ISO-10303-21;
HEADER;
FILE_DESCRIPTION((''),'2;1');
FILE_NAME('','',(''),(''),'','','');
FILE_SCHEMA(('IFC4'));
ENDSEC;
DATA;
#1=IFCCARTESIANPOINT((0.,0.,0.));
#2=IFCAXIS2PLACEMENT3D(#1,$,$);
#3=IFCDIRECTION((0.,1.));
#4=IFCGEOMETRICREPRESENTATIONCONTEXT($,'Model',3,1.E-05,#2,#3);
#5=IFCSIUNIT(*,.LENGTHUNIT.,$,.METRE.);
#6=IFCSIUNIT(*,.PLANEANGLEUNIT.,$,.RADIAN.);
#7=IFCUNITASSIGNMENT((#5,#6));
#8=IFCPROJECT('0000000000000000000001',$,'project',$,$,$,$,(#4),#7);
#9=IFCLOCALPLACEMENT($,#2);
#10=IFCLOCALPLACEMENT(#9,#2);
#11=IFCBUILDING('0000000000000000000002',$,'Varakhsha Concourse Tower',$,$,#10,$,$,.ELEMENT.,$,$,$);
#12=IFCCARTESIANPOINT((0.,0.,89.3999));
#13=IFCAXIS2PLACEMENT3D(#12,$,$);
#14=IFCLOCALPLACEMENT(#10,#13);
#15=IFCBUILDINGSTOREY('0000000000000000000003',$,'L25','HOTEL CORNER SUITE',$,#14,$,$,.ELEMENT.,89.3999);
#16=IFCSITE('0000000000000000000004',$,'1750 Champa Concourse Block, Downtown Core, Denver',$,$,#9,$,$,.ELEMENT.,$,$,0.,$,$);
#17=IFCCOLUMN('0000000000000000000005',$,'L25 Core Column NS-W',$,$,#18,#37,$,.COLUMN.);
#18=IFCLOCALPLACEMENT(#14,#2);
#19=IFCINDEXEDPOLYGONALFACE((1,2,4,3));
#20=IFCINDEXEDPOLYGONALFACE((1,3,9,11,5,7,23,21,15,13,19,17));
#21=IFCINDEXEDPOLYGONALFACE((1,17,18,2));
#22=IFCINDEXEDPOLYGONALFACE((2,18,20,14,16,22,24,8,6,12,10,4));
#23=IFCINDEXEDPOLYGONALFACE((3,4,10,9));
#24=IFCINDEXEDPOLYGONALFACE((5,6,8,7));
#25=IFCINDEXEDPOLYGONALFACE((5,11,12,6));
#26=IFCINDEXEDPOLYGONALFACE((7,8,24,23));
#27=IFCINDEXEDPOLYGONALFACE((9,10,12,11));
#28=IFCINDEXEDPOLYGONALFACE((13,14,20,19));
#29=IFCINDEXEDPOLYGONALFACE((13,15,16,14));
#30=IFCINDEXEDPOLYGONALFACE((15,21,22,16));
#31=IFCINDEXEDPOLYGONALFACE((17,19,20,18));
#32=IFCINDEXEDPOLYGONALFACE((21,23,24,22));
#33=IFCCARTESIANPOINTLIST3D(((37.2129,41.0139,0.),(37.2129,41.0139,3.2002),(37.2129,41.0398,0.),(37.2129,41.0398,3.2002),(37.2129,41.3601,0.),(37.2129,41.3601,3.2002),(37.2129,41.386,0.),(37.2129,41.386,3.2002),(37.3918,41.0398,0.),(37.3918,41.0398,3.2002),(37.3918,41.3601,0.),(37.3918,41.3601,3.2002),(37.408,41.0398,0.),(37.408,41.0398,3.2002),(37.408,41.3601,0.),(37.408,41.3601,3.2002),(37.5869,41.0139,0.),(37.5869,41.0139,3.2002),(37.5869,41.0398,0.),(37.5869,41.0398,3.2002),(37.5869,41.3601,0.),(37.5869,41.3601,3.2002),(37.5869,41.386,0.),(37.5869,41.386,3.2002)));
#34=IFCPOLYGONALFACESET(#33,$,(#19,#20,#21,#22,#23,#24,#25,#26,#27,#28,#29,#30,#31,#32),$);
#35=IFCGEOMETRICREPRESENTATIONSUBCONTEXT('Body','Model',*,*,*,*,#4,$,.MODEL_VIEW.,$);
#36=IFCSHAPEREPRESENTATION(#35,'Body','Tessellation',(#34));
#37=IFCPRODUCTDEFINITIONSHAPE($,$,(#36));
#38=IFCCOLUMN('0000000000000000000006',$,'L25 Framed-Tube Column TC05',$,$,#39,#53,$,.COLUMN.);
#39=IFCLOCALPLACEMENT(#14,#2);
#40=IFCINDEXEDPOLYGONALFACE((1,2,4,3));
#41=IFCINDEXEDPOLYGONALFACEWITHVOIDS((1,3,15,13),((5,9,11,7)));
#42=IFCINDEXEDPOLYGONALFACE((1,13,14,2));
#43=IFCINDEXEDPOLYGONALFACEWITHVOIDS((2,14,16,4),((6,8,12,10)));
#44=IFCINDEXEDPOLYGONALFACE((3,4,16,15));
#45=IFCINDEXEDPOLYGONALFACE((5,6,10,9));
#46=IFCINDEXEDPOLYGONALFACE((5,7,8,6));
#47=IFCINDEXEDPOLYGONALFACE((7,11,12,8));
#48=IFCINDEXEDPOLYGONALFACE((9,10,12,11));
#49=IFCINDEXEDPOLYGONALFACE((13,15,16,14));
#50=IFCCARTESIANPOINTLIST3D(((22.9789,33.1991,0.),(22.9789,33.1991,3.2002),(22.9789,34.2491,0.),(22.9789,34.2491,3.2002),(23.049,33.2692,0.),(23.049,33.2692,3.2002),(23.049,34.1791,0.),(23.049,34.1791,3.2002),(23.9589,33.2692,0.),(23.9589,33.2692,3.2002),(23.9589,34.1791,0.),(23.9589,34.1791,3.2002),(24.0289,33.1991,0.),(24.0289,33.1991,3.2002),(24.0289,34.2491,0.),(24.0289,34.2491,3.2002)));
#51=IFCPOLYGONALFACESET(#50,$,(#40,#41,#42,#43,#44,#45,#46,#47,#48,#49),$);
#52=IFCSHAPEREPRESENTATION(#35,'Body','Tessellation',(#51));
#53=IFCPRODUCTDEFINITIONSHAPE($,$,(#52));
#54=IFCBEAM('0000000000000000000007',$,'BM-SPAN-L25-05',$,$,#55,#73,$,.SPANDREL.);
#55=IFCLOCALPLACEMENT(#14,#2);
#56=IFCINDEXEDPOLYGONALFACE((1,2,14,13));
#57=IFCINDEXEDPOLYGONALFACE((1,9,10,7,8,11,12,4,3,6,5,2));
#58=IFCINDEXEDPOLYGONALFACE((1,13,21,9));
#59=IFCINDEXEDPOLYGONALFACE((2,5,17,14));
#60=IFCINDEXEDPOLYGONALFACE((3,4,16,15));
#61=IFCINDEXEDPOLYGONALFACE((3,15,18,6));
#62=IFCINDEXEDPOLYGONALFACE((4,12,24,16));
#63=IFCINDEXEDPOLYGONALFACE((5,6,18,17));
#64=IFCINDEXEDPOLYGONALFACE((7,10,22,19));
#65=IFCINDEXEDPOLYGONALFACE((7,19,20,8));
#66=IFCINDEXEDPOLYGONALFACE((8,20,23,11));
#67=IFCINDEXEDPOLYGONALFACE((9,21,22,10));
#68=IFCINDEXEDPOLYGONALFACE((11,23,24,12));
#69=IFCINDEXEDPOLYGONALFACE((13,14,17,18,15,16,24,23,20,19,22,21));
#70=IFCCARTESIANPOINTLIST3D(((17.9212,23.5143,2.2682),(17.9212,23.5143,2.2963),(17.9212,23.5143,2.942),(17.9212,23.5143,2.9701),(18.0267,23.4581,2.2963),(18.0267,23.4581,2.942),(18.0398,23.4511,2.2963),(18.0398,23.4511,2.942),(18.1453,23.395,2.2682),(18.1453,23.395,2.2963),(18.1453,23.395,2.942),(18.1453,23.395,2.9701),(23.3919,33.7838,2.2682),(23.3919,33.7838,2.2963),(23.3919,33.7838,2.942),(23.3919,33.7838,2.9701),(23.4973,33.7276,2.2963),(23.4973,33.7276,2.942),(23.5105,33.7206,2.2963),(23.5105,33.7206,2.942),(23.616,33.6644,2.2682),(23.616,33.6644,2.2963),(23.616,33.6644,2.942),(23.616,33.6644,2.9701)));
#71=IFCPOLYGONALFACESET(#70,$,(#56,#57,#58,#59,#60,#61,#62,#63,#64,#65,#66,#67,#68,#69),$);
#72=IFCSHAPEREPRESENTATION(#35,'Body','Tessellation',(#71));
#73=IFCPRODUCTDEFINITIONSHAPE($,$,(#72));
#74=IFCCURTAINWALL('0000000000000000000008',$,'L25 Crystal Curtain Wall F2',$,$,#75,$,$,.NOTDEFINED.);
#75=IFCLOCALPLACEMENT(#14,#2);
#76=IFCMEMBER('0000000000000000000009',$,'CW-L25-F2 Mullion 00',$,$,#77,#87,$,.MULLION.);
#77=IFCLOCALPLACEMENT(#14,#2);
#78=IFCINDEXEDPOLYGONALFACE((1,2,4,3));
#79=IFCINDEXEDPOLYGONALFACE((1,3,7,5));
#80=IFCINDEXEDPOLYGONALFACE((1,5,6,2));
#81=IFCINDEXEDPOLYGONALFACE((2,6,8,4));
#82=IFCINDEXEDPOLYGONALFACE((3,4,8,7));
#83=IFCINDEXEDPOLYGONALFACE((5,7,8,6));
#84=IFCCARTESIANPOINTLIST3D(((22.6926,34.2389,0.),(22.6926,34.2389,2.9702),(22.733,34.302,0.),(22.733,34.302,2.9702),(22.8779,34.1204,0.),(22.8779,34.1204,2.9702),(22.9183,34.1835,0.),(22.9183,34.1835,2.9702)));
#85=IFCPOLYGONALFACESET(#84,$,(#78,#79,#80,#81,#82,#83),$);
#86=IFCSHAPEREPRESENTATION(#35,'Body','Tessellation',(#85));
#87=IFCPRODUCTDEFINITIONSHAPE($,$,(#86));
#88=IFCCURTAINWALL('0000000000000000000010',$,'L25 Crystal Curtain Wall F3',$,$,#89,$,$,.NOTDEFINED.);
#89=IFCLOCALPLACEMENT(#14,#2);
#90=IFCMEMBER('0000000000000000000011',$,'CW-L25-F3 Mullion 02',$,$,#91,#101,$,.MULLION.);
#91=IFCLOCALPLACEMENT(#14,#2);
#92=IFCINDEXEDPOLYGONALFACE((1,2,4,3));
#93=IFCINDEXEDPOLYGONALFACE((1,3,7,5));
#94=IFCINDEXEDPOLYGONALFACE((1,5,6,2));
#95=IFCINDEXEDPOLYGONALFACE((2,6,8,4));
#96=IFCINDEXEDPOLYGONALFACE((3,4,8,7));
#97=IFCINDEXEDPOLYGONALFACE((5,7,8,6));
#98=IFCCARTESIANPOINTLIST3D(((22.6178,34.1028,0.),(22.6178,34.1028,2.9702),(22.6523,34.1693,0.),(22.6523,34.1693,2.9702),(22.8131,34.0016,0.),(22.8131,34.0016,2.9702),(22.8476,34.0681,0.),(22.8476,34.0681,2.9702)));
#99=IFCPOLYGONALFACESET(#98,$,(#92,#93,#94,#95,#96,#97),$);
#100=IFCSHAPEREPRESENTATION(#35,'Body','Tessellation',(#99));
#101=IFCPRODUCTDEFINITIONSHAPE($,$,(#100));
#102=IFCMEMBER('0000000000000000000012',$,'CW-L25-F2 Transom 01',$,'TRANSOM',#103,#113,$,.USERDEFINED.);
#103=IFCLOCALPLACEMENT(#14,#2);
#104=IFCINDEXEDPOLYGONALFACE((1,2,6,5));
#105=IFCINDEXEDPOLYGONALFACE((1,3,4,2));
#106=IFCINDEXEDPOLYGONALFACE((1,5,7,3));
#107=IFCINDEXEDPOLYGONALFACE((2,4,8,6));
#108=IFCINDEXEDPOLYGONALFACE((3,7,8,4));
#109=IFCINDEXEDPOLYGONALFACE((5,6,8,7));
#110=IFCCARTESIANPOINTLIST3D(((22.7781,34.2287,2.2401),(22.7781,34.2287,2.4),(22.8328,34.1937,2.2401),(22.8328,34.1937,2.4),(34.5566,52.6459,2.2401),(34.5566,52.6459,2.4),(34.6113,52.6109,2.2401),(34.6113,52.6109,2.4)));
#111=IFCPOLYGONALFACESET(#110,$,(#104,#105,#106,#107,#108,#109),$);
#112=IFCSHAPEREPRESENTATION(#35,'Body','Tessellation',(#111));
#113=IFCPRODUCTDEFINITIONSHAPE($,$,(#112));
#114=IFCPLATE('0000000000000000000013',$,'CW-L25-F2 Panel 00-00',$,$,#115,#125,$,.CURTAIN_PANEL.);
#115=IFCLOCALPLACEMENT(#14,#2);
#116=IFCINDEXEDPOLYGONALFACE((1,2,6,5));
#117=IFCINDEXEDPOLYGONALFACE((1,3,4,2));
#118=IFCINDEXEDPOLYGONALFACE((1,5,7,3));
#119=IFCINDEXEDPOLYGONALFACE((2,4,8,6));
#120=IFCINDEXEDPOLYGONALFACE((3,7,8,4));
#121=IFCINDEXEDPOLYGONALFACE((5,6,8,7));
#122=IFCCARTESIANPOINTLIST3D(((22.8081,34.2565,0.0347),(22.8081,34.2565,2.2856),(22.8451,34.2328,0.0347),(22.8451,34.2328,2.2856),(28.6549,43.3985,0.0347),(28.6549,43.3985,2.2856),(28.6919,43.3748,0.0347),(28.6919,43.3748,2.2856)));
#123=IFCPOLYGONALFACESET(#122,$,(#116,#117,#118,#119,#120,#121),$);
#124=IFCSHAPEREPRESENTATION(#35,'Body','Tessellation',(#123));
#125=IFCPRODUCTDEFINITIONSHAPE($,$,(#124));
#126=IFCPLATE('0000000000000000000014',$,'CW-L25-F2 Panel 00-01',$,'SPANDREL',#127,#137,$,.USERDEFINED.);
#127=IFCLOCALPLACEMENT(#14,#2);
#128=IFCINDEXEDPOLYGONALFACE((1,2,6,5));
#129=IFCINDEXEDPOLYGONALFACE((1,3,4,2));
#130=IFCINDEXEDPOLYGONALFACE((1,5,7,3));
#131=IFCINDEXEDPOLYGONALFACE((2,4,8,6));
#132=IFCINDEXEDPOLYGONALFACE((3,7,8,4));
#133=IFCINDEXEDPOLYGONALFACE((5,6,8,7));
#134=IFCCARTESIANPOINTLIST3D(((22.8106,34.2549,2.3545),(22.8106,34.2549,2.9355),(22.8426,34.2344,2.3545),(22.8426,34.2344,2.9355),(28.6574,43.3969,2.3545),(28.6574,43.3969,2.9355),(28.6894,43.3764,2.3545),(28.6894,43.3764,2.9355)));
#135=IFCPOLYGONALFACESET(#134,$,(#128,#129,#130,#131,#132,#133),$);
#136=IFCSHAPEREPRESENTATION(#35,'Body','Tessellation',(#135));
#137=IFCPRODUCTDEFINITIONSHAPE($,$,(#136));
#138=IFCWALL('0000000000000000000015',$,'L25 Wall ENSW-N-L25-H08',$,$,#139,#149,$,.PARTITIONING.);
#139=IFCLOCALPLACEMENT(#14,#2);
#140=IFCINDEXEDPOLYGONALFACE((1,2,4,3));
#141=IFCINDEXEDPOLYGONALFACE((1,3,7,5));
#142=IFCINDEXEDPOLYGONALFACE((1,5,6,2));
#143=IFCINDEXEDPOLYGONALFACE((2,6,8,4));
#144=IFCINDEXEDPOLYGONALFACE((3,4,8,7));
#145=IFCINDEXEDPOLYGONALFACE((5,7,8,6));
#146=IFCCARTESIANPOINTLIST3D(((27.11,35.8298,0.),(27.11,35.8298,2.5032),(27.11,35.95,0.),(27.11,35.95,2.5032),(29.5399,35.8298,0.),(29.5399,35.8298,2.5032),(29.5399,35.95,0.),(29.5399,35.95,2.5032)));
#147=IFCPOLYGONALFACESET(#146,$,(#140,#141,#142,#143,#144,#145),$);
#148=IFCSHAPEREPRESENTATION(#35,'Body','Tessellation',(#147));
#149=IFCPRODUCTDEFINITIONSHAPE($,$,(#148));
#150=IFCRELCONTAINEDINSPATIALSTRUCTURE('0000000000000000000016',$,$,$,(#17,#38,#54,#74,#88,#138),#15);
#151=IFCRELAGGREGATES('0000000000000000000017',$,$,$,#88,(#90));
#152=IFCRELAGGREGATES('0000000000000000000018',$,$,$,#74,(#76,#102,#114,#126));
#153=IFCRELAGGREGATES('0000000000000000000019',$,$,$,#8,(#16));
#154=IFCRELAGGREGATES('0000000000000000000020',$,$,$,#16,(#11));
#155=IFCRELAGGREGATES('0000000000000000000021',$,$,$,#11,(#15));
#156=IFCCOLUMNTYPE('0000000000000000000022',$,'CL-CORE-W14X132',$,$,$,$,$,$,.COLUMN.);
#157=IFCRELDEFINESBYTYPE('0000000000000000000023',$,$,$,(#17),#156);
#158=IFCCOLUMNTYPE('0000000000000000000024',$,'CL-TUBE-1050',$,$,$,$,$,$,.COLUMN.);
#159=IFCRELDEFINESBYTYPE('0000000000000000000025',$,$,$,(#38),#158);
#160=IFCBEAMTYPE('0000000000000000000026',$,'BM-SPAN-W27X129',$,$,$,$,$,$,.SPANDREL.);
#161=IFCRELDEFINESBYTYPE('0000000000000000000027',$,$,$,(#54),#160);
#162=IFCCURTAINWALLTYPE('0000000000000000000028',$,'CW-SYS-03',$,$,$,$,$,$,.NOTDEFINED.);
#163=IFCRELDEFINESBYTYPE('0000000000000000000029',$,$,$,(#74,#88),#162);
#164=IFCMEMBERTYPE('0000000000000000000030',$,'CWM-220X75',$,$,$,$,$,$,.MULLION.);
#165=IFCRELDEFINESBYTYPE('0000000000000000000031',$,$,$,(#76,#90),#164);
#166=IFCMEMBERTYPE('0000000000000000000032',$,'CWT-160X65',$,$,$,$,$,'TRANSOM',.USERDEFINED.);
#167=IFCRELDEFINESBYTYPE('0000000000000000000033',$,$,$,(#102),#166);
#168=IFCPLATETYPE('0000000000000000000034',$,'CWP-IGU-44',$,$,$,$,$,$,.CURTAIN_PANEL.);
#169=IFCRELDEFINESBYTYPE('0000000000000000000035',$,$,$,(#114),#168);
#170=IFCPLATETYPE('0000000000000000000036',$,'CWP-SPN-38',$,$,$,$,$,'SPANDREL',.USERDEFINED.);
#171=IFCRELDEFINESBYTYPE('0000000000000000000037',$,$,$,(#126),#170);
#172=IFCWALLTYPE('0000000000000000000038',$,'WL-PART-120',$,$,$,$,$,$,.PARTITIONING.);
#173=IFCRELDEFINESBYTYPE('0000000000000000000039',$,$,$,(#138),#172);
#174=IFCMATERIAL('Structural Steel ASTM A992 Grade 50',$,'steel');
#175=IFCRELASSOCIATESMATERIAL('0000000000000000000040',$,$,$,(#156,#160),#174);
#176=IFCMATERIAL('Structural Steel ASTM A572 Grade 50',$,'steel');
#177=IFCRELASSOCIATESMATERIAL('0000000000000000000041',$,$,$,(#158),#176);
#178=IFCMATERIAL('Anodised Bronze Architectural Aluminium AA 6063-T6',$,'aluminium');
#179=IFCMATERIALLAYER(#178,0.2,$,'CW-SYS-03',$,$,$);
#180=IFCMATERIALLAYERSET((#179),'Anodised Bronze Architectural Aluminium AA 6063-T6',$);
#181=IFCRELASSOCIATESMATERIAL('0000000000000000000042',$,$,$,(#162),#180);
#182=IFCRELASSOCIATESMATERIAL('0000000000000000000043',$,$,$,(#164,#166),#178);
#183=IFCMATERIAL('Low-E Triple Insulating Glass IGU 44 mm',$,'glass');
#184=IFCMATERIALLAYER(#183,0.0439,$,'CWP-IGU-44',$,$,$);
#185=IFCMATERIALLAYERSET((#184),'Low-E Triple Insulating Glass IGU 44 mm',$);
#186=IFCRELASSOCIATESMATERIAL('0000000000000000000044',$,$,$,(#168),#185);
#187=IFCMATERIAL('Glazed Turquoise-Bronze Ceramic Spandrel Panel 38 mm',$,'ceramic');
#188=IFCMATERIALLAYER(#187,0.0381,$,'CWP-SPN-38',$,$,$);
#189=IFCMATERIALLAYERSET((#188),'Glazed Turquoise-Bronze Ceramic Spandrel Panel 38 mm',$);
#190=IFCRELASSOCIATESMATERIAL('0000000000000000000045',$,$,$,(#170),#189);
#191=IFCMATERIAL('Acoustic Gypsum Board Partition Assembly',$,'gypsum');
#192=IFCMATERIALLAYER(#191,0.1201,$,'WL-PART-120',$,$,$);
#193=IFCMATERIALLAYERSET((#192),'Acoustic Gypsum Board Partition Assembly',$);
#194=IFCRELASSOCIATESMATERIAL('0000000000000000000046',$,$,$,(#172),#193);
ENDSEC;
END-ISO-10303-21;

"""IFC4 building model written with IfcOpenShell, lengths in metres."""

from ifc_helpers import new_model, si_unit, direction, frame, frame_2d, origin, origin_2d, place, context, subcontext, project, spatial, rectangle, hollow_rectangle, i_section, extrude, source, transform, mapped, material, layer, layer_set, material_profile, profile_set, type_object, type_shapes, element, aggregate, save


model = new_model("IFC4")

# Units and contexts
model_context = context("Model", 3, precision=1e-05, world=origin(), true_north=direction((0.0, 1.0)))
body_context = subcontext(model_context, "Body", "Model", "MODEL_VIEW")
ifc_project = project(units=[si_unit("LENGTHUNIT", "METRE"), si_unit("PLANEANGLEUNIT", "RADIAN")], contexts=[model_context])

# Site, building, storey
site_placement = place(None, origin())
site = spatial("IfcSite", under=ifc_project, at=site_placement, Name="1750 Champa Concourse Block, Downtown Core, Denver", CompositionType="ELEMENT", RefElevation=0.0)
building_placement = place(site_placement, origin())
building = spatial("IfcBuilding", under=site, at=building_placement, Name="Varakhsha Concourse Tower", CompositionType="ELEMENT")
storey_placement = place(building_placement, frame((0.0, 0.0, 89.3999)))
storey = spatial("IfcBuildingStorey", under=building, at=storey_placement, Name="L25", Description="HOTEL CORNER SUITE", CompositionType="ELEMENT", Elevation=89.3999)

# Columns
ifc_material_1 = material(Name="Structural Steel ASTM A992 Grade 50", Category="steel")
ifc_material_profile_1 = material_profile(ifc_material_1, i_section(OverallWidth=0.374, OverallDepth=0.3721, WebThickness=0.0161, FlangeThickness=0.0259, at=origin_2d()), Name="W14X132")
ifc_profile_set_1 = profile_set([ifc_material_profile_1], Name="Structural Steel ASTM A992 Grade 50")
column_type_1 = type_object("IfcColumnType", Name="CL-CORE-W14X132", PredefinedType="COLUMN", material=ifc_profile_set_1)
column_1_placement = place(storey_placement, frame((37.3999, 41.2, 0.0), z_axis=(0.0, 0.0, 1.0), x_axis=(1.0, 0.0, 0.0)))
element("IfcColumn", 1, at=column_1_placement, inside=storey, type_object=column_type_1, Name="L25 Core Column NS-W", PredefinedType="COLUMN", context=body_context, shape_type="SweptSolid", body=[
    extrude(i_section(OverallWidth=0.374, OverallDepth=0.3721, WebThickness=0.0161, FlangeThickness=0.0259, at=origin_2d()), origin(), (0.0, 0.0, 1.0), 3.2002),
])
ifc_material_2 = material(Name="Structural Steel ASTM A572 Grade 50", Category="steel")
ifc_material_profile_2 = material_profile(ifc_material_2, hollow_rectangle(XDim=1.05, YDim=1.05, WallThickness=0.0701, at=origin_2d()), Name="BOX 1050x1050x70")
ifc_profile_set_2 = profile_set([ifc_material_profile_2], Name="Structural Steel ASTM A572 Grade 50")
column_type_2 = type_object("IfcColumnType", Name="CL-TUBE-1050", PredefinedType="COLUMN", material=ifc_profile_set_2)
column_2_placement = place(storey_placement, frame((23.5039, 33.7241, 0.0), z_axis=(0.0, 0.0, 1.0), x_axis=(1.0, 0.0, 0.0)))
element("IfcColumn", 2, at=column_2_placement, inside=storey, type_object=column_type_2, Name="L25 Framed-Tube Column TC05", PredefinedType="COLUMN", context=body_context, shape_type="SweptSolid", body=[
    extrude(hollow_rectangle(XDim=1.05, YDim=1.05, WallThickness=0.0701, at=origin_2d()), origin(), (0.0, 0.0, 1.0), 3.2002),
])

# Beam
ifc_material_profile_3 = material_profile(ifc_material_1, i_section(OverallWidth=0.2539, OverallDepth=0.7019, WebThickness=0.0149, FlangeThickness=0.0281, at=origin_2d()), Name="W27X129")
ifc_profile_set_3 = profile_set([ifc_material_profile_3], Name="Structural Steel ASTM A992 Grade 50")
beam_type = type_object("IfcBeamType", Name="BM-SPAN-W27X129", PredefinedType="SPANDREL", material=ifc_profile_set_3)
beam_placement = place(storey_placement, frame((23.5039, 33.7241, 2.6191), z_axis=(-0.470161, -0.882581, 0.0), x_axis=(0.882581, -0.470161, 0.0)))
element("IfcBeam", 3, at=beam_placement, inside=storey, type_object=beam_type, Name="BM-SPAN-L25-05", PredefinedType="SPANDREL", context=body_context, shape_type="SweptSolid", body=[
    extrude(i_section(OverallWidth=0.2539, OverallDepth=0.7019, WebThickness=0.0149, FlangeThickness=0.0281, at=origin_2d()), origin(), (0.0, 0.0, 1.0), 11.6357),
])

# Curtain walls, members
ifc_material_3 = material(Name="Anodised Bronze Architectural Aluminium AA 6063-T6", Category="aluminium")
ifc_layer_1 = layer(ifc_material_3, 0.2, Name="CW-SYS-03")
ifc_layer_set_1 = layer_set([ifc_layer_1], Name="Anodised Bronze Architectural Aluminium AA 6063-T6")
curtain_wall_type = type_object("IfcCurtainWallType", Name="CW-SYS-03", PredefinedType="NOTDEFINED", material=ifc_layer_set_1)
curtain_wall_1_placement = place(storey_placement, origin())
curtain_wall_1 = element("IfcCurtainWall", 4, at=curtain_wall_1_placement, inside=storey, type_object=curtain_wall_type, Name="L25 Crystal Curtain Wall F2", PredefinedType="NOTDEFINED")
ifc_material_profile_4 = material_profile(ifc_material_3, rectangle(XDim=0.075, YDim=0.22, at=origin_2d()), Name="CWM-220X75")
ifc_profile_set_4 = profile_set([ifc_material_profile_4], Name="Anodised Bronze Architectural Aluminium AA 6063-T6")
member_type_1 = type_object("IfcMemberType", Name="CWM-220X75", PredefinedType="MULLION", material=ifc_profile_set_4)
shared_shape_1 = source(origin(), body_context, "Body", "SweptSolid", [
    extrude(rectangle(XDim=0.075, YDim=0.22, at=origin_2d()), origin(), (0.0, 0.0, 1.0), 2.9702),
])
type_shapes(member_type_1, [shared_shape_1])
member_1_placement = place(storey_placement, frame((22.8054, 34.2112, 0.0), z_axis=(0.0, 0.0, 1.0), x_axis=(0.538787, 0.842442, 0.0)))
member_1 = element("IfcMember", 5, at=member_1_placement, type_object=member_type_1, Name="CW-L25-F2 Mullion 00", PredefinedType="MULLION", context=body_context, shape_type="MappedRepresentation", body=[
    mapped(shared_shape_1, transform((0.0, 0.0, 0.0), scale=1.0)),
])
curtain_wall_2_placement = place(storey_placement, origin())
curtain_wall_2 = element("IfcCurtainWall", 6, at=curtain_wall_2_placement, inside=storey, type_object=curtain_wall_type, Name="L25 Crystal Curtain Wall F3", PredefinedType="NOTDEFINED")
member_2_placement = place(storey_placement, frame((22.7327, 34.0854, 0.0), z_axis=(0.0, 0.0, 1.0), x_axis=(0.460186, 0.887823, 0.0)))
member_2 = element("IfcMember", 7, at=member_2_placement, type_object=member_type_1, Name="CW-L25-F3 Mullion 02", PredefinedType="MULLION", context=body_context, shape_type="MappedRepresentation", body=[
    mapped(shared_shape_1, transform((0.0, 0.0, 0.0), scale=1.0)),
])
aggregate(curtain_wall_2, [member_2])

# Member
ifc_material_profile_5 = material_profile(ifc_material_3, rectangle(XDim=0.0649, YDim=0.1599, at=origin_2d()), Name="CWT-160X65")
ifc_profile_set_5 = profile_set([ifc_material_profile_5], Name="Anodised Bronze Architectural Aluminium AA 6063-T6")
member_type_2 = type_object("IfcMemberType", Name="CWT-160X65", ElementType="TRANSOM", PredefinedType="USERDEFINED", material=ifc_profile_set_5)
shared_shape_2 = source(origin(), body_context, "Body", "SweptSolid", [
    extrude(rectangle(XDim=0.0649, YDim=0.1599, at=origin_2d()), origin(), (0.0, 0.0, 1.0), 21.8616),
])
type_shapes(member_type_2, [shared_shape_2])
member_3_placement = place(storey_placement, frame((22.8054, 34.2112, 2.3201), z_axis=(0.538779, 0.842447, 0.0), x_axis=(-0.842447, 0.538779, 0.0)))
member_3 = element("IfcMember", 8, at=member_3_placement, type_object=member_type_2, Name="CW-L25-F2 Transom 01", ObjectType="TRANSOM", PredefinedType="USERDEFINED", context=body_context, shape_type="MappedRepresentation", body=[
    mapped(shared_shape_2, transform((0.0, 0.0, 0.0), scale=1.0)),
])

# Plates
ifc_material_4 = material(Name="Low-E Triple Insulating Glass IGU 44 mm", Category="glass")
ifc_layer_2 = layer(ifc_material_4, 0.0439, Name="CWP-IGU-44")
ifc_layer_set_2 = layer_set([ifc_layer_2], Name="Low-E Triple Insulating Glass IGU 44 mm")
plate_type_1 = type_object("IfcPlateType", Name="CWP-IGU-44", PredefinedType="CURTAIN_PANEL", material=ifc_layer_set_2)
shared_shape_3 = source(origin(), body_context, "Body", "SweptSolid", [
    extrude(rectangle(XDim=10.8518, YDim=0.0439, at=origin_2d()), origin(), (0.0, 0.0, 1.0), 2.251),
])
type_shapes(plate_type_1, [shared_shape_3])
plate_1_placement = place(storey_placement, frame((25.75, 38.8157, 0.0347), z_axis=(0.0, 0.0, 1.0), x_axis=(0.538787, 0.842442, 0.0)))
plate_1 = element("IfcPlate", 9, at=plate_1_placement, type_object=plate_type_1, Name="CW-L25-F2 Panel 00-00", PredefinedType="CURTAIN_PANEL", context=body_context, shape_type="MappedRepresentation", body=[
    mapped(shared_shape_3, transform((0.0, 0.0, 0.0), scale=1.0)),
])
ifc_material_5 = material(Name="Glazed Turquoise-Bronze Ceramic Spandrel Panel 38 mm", Category="ceramic")
ifc_layer_3 = layer(ifc_material_5, 0.0381, Name="CWP-SPN-38")
ifc_layer_set_3 = layer_set([ifc_layer_3], Name="Glazed Turquoise-Bronze Ceramic Spandrel Panel 38 mm")
plate_type_2 = type_object("IfcPlateType", Name="CWP-SPN-38", ElementType="SPANDREL", PredefinedType="USERDEFINED", material=ifc_layer_set_3)
shared_shape_4 = source(origin(), body_context, "Body", "SweptSolid", [
    extrude(rectangle(XDim=10.8518, YDim=0.0381, at=origin_2d()), origin(), (0.0, 0.0, 1.0), 0.5811),
])
type_shapes(plate_type_2, [shared_shape_4])
plate_2_placement = place(storey_placement, frame((25.75, 38.8157, 2.3545), z_axis=(0.0, 0.0, 1.0), x_axis=(0.538787, 0.842442, 0.0)))
plate_2 = element("IfcPlate", 10, at=plate_2_placement, type_object=plate_type_2, Name="CW-L25-F2 Panel 00-01", ObjectType="SPANDREL", PredefinedType="USERDEFINED", context=body_context, shape_type="MappedRepresentation", body=[
    mapped(shared_shape_4, transform((0.0, 0.0, 0.0), scale=1.0)),
])
aggregate(curtain_wall_1, [member_1, member_3, plate_1, plate_2])

# Wall
ifc_material_6 = material(Name="Acoustic Gypsum Board Partition Assembly", Category="gypsum")
ifc_layer_4 = layer(ifc_material_6, 0.1201, Name="WL-PART-120")
ifc_layer_set_4 = layer_set([ifc_layer_4], Name="Acoustic Gypsum Board Partition Assembly")
wall_type_1 = type_object("IfcWallType", Name="WL-PART-120", PredefinedType="PARTITIONING", material=ifc_layer_set_4)
wall_1_placement = place(storey_placement, frame((27.1101, 35.8899, 0.0), z_axis=(0.0, 0.0, 1.0), x_axis=(1.0, 0.0, 0.0)))
element("IfcWall", 11, at=wall_1_placement, inside=storey, type_object=wall_type_1, Name="L25 Wall ENSW-N-L25-H08", PredefinedType="PARTITIONING", context=body_context, shape_type="SweptSolid", body=[
    extrude(rectangle(XDim=2.4299, YDim=0.1201, at=frame_2d((1.2148, 0.0))), origin(), (0.0, 0.0, 1.0), 2.5032),
])

save(model, "model.ifc")
